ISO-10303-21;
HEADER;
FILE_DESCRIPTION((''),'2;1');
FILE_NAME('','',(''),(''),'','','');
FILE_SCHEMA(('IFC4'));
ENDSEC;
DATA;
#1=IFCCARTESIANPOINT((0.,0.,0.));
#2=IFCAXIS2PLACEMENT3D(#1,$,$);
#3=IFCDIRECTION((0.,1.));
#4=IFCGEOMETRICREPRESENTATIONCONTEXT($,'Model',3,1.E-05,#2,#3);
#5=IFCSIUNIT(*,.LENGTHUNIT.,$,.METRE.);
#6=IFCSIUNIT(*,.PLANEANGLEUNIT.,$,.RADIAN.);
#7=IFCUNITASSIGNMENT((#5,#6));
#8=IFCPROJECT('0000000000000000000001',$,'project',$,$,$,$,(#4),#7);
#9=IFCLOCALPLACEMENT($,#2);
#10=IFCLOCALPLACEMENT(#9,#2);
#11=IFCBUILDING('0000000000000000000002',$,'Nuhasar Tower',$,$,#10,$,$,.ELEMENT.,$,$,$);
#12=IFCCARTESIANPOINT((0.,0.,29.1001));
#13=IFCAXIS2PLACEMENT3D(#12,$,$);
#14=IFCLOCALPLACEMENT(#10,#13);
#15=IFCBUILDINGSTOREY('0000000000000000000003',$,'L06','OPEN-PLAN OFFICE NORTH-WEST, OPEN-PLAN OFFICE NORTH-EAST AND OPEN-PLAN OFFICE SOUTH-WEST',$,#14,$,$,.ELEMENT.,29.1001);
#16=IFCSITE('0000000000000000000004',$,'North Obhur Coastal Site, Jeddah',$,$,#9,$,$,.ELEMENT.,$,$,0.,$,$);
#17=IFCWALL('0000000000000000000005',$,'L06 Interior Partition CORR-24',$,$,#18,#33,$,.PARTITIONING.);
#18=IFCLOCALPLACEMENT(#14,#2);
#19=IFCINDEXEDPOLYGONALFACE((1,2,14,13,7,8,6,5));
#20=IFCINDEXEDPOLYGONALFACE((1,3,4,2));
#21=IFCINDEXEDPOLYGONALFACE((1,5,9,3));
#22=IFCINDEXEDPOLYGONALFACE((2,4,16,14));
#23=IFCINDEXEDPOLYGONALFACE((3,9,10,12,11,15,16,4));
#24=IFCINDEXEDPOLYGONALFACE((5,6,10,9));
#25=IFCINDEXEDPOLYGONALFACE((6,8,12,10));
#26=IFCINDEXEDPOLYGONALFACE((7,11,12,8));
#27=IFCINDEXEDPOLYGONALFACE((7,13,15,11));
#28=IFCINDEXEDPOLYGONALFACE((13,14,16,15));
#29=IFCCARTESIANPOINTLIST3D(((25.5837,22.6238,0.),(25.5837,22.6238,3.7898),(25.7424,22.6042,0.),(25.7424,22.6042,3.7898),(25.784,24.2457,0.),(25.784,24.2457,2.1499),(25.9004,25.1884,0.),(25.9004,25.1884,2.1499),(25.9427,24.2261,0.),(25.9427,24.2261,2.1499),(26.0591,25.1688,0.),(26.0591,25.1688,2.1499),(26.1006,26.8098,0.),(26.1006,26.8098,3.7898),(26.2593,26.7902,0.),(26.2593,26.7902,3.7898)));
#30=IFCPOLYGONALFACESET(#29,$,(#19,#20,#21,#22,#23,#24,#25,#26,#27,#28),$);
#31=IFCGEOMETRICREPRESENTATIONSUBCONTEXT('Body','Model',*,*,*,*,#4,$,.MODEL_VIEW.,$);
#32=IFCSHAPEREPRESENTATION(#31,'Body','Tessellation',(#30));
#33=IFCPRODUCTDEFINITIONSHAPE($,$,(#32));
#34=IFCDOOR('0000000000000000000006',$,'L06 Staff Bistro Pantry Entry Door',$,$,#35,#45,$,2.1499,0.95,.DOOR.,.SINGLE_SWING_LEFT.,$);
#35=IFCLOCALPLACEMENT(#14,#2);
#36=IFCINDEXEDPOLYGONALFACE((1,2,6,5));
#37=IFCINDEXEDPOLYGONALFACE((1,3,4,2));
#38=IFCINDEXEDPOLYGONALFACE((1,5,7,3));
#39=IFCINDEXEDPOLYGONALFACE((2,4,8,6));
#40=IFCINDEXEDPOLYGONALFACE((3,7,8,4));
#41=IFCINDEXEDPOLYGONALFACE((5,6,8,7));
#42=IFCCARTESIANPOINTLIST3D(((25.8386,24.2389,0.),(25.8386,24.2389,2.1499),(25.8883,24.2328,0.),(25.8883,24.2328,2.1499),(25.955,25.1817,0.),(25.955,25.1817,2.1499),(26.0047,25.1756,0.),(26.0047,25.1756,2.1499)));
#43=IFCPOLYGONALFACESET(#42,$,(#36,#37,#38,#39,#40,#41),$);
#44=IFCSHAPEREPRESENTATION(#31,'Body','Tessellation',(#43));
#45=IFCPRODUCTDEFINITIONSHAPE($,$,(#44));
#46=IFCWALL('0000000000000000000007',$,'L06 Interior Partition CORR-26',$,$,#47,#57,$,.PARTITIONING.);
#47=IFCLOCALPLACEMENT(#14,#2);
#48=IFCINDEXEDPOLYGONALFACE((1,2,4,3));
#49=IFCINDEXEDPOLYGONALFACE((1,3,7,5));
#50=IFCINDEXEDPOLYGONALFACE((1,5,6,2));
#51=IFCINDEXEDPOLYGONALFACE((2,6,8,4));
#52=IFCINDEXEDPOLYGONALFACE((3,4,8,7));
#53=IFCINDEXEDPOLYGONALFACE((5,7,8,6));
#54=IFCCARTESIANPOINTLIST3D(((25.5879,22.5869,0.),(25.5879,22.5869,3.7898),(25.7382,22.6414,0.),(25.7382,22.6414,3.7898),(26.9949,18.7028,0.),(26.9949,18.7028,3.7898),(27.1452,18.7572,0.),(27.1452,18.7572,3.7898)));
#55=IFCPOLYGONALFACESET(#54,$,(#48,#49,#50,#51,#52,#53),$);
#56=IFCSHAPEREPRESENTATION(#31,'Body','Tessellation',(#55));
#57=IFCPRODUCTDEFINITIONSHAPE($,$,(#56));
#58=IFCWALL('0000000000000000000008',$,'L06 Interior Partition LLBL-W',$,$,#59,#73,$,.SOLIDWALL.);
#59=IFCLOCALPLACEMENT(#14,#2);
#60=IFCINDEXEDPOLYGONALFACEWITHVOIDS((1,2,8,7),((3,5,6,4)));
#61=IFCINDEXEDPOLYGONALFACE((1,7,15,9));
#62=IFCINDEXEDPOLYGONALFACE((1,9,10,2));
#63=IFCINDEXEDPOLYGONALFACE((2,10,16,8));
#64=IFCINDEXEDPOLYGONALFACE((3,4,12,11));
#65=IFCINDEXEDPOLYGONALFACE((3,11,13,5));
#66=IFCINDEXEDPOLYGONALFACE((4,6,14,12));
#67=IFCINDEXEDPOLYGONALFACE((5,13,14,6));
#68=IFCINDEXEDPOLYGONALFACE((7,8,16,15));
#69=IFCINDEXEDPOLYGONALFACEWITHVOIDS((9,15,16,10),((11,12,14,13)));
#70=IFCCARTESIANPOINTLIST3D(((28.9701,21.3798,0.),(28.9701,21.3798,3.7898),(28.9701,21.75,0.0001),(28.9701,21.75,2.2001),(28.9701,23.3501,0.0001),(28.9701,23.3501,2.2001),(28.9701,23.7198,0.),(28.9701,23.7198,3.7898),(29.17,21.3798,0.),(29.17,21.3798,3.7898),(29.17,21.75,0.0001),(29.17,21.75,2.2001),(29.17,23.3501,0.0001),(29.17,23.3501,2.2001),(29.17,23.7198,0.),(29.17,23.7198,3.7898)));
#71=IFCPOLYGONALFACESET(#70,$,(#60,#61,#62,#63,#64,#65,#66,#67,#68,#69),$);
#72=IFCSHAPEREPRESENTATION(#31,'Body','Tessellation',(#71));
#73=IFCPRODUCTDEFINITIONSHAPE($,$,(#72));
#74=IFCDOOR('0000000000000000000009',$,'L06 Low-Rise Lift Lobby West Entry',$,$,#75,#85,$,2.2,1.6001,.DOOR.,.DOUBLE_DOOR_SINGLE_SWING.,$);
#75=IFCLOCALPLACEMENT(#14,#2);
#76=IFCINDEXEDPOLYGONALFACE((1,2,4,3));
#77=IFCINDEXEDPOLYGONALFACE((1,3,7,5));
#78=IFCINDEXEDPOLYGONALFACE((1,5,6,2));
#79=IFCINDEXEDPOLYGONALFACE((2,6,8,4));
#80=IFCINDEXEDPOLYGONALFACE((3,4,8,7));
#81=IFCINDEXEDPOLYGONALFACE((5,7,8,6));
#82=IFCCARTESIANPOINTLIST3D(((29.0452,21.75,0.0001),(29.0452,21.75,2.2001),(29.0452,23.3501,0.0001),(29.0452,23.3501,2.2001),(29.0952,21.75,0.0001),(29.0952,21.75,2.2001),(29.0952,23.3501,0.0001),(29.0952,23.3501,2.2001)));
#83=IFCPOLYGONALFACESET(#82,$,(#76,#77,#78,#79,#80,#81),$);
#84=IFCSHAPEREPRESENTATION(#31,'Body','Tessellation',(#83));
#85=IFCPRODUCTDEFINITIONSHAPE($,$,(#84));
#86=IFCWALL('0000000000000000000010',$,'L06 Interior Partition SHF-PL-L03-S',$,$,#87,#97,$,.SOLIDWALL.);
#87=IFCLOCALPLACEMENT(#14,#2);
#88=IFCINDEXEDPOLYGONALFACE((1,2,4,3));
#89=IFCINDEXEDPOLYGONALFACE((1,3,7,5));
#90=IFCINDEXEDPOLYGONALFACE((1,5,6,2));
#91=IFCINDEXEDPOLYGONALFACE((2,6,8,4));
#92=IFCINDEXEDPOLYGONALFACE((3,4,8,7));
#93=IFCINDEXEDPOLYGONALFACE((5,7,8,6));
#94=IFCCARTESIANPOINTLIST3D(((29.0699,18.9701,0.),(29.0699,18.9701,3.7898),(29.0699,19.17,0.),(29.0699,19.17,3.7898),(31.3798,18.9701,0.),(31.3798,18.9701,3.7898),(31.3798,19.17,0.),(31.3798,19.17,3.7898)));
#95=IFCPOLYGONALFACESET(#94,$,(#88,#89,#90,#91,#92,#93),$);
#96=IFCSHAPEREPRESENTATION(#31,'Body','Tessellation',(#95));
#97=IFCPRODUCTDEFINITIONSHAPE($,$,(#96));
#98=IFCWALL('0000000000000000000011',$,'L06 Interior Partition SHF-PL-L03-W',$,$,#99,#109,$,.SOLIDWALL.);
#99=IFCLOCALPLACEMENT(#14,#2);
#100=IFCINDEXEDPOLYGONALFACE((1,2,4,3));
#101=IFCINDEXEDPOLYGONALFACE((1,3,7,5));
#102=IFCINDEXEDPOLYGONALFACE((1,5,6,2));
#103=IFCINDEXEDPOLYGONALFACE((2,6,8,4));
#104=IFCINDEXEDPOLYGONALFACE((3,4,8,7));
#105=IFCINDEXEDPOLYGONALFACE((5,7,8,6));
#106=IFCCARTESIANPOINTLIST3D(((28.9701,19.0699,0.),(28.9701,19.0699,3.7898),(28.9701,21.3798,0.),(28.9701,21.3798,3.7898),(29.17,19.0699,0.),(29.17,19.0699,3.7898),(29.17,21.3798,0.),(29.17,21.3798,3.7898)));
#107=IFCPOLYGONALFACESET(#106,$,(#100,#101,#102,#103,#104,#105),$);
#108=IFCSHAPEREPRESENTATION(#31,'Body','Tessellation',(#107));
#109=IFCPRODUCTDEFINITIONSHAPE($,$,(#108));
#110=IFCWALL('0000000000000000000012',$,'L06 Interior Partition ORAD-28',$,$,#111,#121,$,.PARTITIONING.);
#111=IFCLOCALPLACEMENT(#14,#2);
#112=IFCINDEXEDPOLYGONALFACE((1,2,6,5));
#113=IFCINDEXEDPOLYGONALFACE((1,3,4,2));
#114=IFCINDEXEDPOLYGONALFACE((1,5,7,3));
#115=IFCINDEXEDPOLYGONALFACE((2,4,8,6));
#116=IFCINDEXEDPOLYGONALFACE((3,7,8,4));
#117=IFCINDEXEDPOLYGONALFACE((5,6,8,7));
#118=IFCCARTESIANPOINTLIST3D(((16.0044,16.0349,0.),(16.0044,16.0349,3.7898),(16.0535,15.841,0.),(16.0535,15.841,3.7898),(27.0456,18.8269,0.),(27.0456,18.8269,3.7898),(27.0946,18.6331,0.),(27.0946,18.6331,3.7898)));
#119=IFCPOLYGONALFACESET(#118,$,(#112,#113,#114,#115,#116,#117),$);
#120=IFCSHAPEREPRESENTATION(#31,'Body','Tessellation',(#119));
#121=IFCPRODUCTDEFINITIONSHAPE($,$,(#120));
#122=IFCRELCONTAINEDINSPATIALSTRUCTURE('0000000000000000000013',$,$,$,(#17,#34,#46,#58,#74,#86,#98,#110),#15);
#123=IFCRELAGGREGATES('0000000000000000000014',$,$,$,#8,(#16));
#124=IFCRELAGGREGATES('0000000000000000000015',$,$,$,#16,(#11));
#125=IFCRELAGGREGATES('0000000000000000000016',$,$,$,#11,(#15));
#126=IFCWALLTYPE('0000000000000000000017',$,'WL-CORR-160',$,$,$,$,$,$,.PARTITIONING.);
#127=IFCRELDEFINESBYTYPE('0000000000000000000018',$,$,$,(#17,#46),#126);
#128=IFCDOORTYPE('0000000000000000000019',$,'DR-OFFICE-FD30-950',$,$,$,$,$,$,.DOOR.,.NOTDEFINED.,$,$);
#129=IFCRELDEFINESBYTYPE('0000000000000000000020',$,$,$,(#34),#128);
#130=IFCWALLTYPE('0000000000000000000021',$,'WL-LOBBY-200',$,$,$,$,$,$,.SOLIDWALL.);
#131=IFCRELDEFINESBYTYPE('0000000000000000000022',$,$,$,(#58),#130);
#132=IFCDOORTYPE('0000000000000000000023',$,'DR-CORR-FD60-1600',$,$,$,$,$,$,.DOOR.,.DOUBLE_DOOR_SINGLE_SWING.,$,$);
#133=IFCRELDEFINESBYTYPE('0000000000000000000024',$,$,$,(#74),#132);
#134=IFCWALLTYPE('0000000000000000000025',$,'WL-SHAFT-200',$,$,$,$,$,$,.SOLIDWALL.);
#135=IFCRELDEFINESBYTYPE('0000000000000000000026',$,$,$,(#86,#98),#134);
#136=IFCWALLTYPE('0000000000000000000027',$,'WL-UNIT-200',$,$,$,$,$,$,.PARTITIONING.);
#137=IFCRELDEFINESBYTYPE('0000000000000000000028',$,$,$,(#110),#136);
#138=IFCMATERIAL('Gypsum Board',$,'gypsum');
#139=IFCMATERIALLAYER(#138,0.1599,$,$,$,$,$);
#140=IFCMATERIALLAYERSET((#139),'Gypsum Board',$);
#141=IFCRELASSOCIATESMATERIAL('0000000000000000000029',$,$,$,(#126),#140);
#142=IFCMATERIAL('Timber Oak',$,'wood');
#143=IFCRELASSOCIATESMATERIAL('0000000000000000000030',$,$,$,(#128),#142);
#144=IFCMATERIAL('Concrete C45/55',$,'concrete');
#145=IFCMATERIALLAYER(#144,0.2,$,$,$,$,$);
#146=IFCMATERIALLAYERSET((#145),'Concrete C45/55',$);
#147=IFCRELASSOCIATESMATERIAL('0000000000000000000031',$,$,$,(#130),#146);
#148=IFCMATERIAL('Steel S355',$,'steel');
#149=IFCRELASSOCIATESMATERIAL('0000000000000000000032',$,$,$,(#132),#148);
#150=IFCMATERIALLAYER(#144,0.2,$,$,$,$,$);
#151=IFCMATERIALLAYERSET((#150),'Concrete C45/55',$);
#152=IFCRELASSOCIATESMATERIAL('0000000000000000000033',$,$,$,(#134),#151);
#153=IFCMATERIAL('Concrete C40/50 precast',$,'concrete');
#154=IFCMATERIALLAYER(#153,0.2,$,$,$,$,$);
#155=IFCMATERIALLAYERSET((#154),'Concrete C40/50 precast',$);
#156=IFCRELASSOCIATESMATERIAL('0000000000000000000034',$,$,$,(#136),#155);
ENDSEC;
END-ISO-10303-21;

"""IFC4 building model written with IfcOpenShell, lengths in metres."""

from ifc_helpers import new_model, si_unit, direction, frame, frame_2d, origin, place, context, subcontext, project, spatial, rectangle, extrude, material, layer, layer_set, type_object, element, fill, save


model = new_model("IFC4")

# Units and contexts
model_context = context("Model", 3, precision=1e-05, world=origin(), true_north=direction((0.0, 1.0)))
body_context = subcontext(model_context, "Body", "Model", "MODEL_VIEW")
ifc_project = project(units=[si_unit("LENGTHUNIT", "METRE"), si_unit("PLANEANGLEUNIT", "RADIAN")], contexts=[model_context])

# Site, building, storey
site_placement = place(None, origin())
site = spatial("IfcSite", under=ifc_project, at=site_placement, Name="North Obhur Coastal Site, Jeddah", CompositionType="ELEMENT", RefElevation=0.0)
building_placement = place(site_placement, origin())
building = spatial("IfcBuilding", under=site, at=building_placement, Name="Nuhasar Tower", CompositionType="ELEMENT")
storey_placement = place(building_placement, frame((0.0, 0.0, 29.1001)))
storey = spatial("IfcBuildingStorey", under=building, at=storey_placement, Name="L06", Description="OPEN-PLAN OFFICE NORTH-WEST, OPEN-PLAN OFFICE NORTH-EAST AND OPEN-PLAN OFFICE SOUTH-WEST", CompositionType="ELEMENT", Elevation=29.1001)

# Shared definitions
ifc_material_1 = material(Name="Steel S355", Category="steel")

# Wall, opening, door
ifc_material_2 = material(Name="Gypsum Board", Category="gypsum")
ifc_layer_1 = layer(ifc_material_2, 0.1599)
ifc_layer_set_1 = layer_set([ifc_layer_1], Name="Gypsum Board")
wall_type_1 = type_object("IfcWallType", Name="WL-CORR-160", PredefinedType="PARTITIONING", material=ifc_layer_set_1)
wall_1_placement = place(storey_placement, frame((25.6631, 22.614, 0.0), z_axis=(0.0, 0.0, 1.0), x_axis=(0.122539, 0.992464, 0.0)))
wall_1 = element("IfcWall", 1, at=wall_1_placement, inside=storey, type_object=wall_type_1, Name="L06 Interior Partition CORR-24", PredefinedType="PARTITIONING", context=body_context, shape_type="SweptSolid", body=[
    extrude(rectangle(XDim=4.2178, YDim=0.1599, at=frame_2d((2.1089, 0.0))), origin(), (0.0, 0.0, 1.0), 3.7898),
])
opening_1_placement = place(wall_1_placement, frame((1.634, 0.0, 0.0)))
opening_1 = element("IfcOpeningElement", 2, at=opening_1_placement, cuts=wall_1, PredefinedType="OPENING", context=body_context, shape_type="SweptSolid", body=[
    extrude(rectangle(XDim=0.95, YDim=2.1499, at=frame_2d((0.4751, 1.075))), frame((0.0, 0.0898, 0.0), z_axis=(0.0, -1.0, 0.0), x_axis=(1.0, 0.0, 0.0)), (0.0, 0.0, 1.0), 0.1799),
])
ifc_material_3 = material(Name="Timber Oak", Category="wood")
door_type_1 = type_object("IfcDoorType", Name="DR-OFFICE-FD30-950", OperationType="NOTDEFINED", PredefinedType="DOOR", material=ifc_material_3)
door_1_placement = place(opening_1_placement, origin())
door_1 = element("IfcDoor", 3, at=door_1_placement, inside=storey, type_object=door_type_1, Name="L06 Staff Bistro Pantry Entry Door", OperationType="SINGLE_SWING_LEFT", OverallHeight=2.1499, OverallWidth=0.95, PredefinedType="DOOR", context=body_context, shape_type="SweptSolid", body=[
    extrude(rectangle(XDim=0.95, YDim=2.1499, at=frame_2d((0.4751, 1.075))), frame((0.0, 0.0249, 0.0), z_axis=(0.0, -1.0, 0.0), x_axis=(1.0, 0.0, 0.0)), (0.0, 0.0, 1.0), 0.05),
])
fill(opening_1, door_1)

# Wall
wall_2_placement = place(storey_placement, frame((25.6631, 22.614, 0.0), z_axis=(0.0, 0.0, 1.0), x_axis=(0.34059, -0.940212, 0.0)))
element("IfcWall", 4, at=wall_2_placement, inside=storey, type_object=wall_type_1, Name="L06 Interior Partition CORR-26", PredefinedType="PARTITIONING", context=body_context, shape_type="SweptSolid", body=[
    extrude(rectangle(XDim=4.1311, YDim=0.1599, at=frame_2d((2.0654, 0.0))), origin(), (0.0, 0.0, 1.0), 3.7898),
])

# Wall, opening, door
ifc_material_4 = material(Name="Concrete C45/55", Category="concrete")
ifc_layer_2 = layer(ifc_material_4, 0.2)
ifc_layer_set_2 = layer_set([ifc_layer_2], Name="Concrete C45/55")
wall_type_2 = type_object("IfcWallType", Name="WL-LOBBY-200", PredefinedType="SOLIDWALL", material=ifc_layer_set_2)
wall_3_placement = place(storey_placement, frame((29.0701, 21.3799, 0.0), z_axis=(0.0, 0.0, 1.0), x_axis=(0.0, 1.0, 0.0)))
wall_3 = element("IfcWall", 5, at=wall_3_placement, inside=storey, type_object=wall_type_2, Name="L06 Interior Partition LLBL-W", PredefinedType="SOLIDWALL", context=body_context, shape_type="SweptSolid", body=[
    extrude(rectangle(XDim=2.3401, YDim=0.2, at=frame_2d((1.1699, 0.0))), origin(), (0.0, 0.0, 1.0), 3.7898),
])
opening_2_placement = place(wall_3_placement, frame((0.3701, 0.0, 0.0)))
opening_2 = element("IfcOpeningElement", 6, at=opening_2_placement, cuts=wall_3, PredefinedType="OPENING", context=body_context, shape_type="SweptSolid", body=[
    extrude(rectangle(XDim=1.6001, YDim=2.2, at=frame_2d((0.8, 1.1001))), frame((0.0, 0.1099, 0.0), z_axis=(0.0, -1.0, 0.0), x_axis=(1.0, 0.0, 0.0)), (0.0, 0.0, 1.0), 0.22),
])
door_type_2 = type_object("IfcDoorType", Name="DR-CORR-FD60-1600", OperationType="DOUBLE_DOOR_SINGLE_SWING", PredefinedType="DOOR", material=ifc_material_1)
door_2_placement = place(opening_2_placement, origin())
door_2 = element("IfcDoor", 7, at=door_2_placement, inside=storey, type_object=door_type_2, Name="L06 Low-Rise Lift Lobby West Entry", OperationType="DOUBLE_DOOR_SINGLE_SWING", OverallHeight=2.2, OverallWidth=1.6001, PredefinedType="DOOR", context=body_context, shape_type="SweptSolid", body=[
    extrude(rectangle(XDim=1.6001, YDim=2.2, at=frame_2d((0.8, 1.1001))), frame((0.0, 0.0249, 0.0), z_axis=(0.0, -1.0, 0.0), x_axis=(1.0, 0.0, 0.0)), (0.0, 0.0, 1.0), 0.05),
])
fill(opening_2, door_2)
ifc_layer_3 = layer(ifc_material_4, 0.2)
ifc_layer_set_3 = layer_set([ifc_layer_3], Name="Concrete C45/55")
wall_type_3 = type_object("IfcWallType", Name="WL-SHAFT-200", PredefinedType="SOLIDWALL", material=ifc_layer_set_3)

# Wall
wall_4_placement = place(storey_placement, frame((29.0701, 19.0701, 0.0), z_axis=(0.0, 0.0, 1.0), x_axis=(1.0, 0.0, 0.0)))
element("IfcWall", 8, at=wall_4_placement, inside=storey, type_object=wall_type_3, Name="L06 Interior Partition SHF-PL-L03-S", PredefinedType="SOLIDWALL", context=body_context, shape_type="SweptSolid", body=[
    extrude(rectangle(XDim=2.3098, YDim=0.2, at=frame_2d((1.1548, 0.0))), origin(), (0.0, 0.0, 1.0), 3.7898),
])

# Walls
wall_5_placement = place(storey_placement, frame((29.0701, 19.0701, 0.0), z_axis=(0.0, 0.0, 1.0), x_axis=(0.0, 1.0, 0.0)))
element("IfcWall", 9, at=wall_5_placement, inside=storey, type_object=wall_type_3, Name="L06 Interior Partition SHF-PL-L03-W", PredefinedType="SOLIDWALL", context=body_context, shape_type="SweptSolid", body=[
    extrude(rectangle(XDim=2.3098, YDim=0.2, at=frame_2d((1.1548, 0.0))), origin(), (0.0, 0.0, 1.0), 3.7898),
])
ifc_material_5 = material(Name="Concrete C40/50 precast", Category="concrete")
ifc_layer_4 = layer(ifc_material_5, 0.2)
ifc_layer_set_4 = layer_set([ifc_layer_4], Name="Concrete C40/50 precast")
wall_type_4 = type_object("IfcWallType", Name="WL-UNIT-200", PredefinedType="PARTITIONING", material=ifc_layer_set_4)
wall_6_placement = place(storey_placement, frame((27.0701, 18.73, 0.0), z_axis=(0.0, 0.0, 1.0), x_axis=(-0.969483, -0.245158, 0.0)))
element("IfcWall", 10, at=wall_6_placement, inside=storey, type_object=wall_type_4, Name="L06 Interior Partition ORAD-28", PredefinedType="PARTITIONING", context=body_context, shape_type="SweptSolid", body=[
    extrude(rectangle(XDim=11.3887, YDim=0.2, at=frame_2d((5.6943, 0.0))), origin(), (0.0, 0.0, 1.0), 3.7898),
])

save(model, "model.ifc")
